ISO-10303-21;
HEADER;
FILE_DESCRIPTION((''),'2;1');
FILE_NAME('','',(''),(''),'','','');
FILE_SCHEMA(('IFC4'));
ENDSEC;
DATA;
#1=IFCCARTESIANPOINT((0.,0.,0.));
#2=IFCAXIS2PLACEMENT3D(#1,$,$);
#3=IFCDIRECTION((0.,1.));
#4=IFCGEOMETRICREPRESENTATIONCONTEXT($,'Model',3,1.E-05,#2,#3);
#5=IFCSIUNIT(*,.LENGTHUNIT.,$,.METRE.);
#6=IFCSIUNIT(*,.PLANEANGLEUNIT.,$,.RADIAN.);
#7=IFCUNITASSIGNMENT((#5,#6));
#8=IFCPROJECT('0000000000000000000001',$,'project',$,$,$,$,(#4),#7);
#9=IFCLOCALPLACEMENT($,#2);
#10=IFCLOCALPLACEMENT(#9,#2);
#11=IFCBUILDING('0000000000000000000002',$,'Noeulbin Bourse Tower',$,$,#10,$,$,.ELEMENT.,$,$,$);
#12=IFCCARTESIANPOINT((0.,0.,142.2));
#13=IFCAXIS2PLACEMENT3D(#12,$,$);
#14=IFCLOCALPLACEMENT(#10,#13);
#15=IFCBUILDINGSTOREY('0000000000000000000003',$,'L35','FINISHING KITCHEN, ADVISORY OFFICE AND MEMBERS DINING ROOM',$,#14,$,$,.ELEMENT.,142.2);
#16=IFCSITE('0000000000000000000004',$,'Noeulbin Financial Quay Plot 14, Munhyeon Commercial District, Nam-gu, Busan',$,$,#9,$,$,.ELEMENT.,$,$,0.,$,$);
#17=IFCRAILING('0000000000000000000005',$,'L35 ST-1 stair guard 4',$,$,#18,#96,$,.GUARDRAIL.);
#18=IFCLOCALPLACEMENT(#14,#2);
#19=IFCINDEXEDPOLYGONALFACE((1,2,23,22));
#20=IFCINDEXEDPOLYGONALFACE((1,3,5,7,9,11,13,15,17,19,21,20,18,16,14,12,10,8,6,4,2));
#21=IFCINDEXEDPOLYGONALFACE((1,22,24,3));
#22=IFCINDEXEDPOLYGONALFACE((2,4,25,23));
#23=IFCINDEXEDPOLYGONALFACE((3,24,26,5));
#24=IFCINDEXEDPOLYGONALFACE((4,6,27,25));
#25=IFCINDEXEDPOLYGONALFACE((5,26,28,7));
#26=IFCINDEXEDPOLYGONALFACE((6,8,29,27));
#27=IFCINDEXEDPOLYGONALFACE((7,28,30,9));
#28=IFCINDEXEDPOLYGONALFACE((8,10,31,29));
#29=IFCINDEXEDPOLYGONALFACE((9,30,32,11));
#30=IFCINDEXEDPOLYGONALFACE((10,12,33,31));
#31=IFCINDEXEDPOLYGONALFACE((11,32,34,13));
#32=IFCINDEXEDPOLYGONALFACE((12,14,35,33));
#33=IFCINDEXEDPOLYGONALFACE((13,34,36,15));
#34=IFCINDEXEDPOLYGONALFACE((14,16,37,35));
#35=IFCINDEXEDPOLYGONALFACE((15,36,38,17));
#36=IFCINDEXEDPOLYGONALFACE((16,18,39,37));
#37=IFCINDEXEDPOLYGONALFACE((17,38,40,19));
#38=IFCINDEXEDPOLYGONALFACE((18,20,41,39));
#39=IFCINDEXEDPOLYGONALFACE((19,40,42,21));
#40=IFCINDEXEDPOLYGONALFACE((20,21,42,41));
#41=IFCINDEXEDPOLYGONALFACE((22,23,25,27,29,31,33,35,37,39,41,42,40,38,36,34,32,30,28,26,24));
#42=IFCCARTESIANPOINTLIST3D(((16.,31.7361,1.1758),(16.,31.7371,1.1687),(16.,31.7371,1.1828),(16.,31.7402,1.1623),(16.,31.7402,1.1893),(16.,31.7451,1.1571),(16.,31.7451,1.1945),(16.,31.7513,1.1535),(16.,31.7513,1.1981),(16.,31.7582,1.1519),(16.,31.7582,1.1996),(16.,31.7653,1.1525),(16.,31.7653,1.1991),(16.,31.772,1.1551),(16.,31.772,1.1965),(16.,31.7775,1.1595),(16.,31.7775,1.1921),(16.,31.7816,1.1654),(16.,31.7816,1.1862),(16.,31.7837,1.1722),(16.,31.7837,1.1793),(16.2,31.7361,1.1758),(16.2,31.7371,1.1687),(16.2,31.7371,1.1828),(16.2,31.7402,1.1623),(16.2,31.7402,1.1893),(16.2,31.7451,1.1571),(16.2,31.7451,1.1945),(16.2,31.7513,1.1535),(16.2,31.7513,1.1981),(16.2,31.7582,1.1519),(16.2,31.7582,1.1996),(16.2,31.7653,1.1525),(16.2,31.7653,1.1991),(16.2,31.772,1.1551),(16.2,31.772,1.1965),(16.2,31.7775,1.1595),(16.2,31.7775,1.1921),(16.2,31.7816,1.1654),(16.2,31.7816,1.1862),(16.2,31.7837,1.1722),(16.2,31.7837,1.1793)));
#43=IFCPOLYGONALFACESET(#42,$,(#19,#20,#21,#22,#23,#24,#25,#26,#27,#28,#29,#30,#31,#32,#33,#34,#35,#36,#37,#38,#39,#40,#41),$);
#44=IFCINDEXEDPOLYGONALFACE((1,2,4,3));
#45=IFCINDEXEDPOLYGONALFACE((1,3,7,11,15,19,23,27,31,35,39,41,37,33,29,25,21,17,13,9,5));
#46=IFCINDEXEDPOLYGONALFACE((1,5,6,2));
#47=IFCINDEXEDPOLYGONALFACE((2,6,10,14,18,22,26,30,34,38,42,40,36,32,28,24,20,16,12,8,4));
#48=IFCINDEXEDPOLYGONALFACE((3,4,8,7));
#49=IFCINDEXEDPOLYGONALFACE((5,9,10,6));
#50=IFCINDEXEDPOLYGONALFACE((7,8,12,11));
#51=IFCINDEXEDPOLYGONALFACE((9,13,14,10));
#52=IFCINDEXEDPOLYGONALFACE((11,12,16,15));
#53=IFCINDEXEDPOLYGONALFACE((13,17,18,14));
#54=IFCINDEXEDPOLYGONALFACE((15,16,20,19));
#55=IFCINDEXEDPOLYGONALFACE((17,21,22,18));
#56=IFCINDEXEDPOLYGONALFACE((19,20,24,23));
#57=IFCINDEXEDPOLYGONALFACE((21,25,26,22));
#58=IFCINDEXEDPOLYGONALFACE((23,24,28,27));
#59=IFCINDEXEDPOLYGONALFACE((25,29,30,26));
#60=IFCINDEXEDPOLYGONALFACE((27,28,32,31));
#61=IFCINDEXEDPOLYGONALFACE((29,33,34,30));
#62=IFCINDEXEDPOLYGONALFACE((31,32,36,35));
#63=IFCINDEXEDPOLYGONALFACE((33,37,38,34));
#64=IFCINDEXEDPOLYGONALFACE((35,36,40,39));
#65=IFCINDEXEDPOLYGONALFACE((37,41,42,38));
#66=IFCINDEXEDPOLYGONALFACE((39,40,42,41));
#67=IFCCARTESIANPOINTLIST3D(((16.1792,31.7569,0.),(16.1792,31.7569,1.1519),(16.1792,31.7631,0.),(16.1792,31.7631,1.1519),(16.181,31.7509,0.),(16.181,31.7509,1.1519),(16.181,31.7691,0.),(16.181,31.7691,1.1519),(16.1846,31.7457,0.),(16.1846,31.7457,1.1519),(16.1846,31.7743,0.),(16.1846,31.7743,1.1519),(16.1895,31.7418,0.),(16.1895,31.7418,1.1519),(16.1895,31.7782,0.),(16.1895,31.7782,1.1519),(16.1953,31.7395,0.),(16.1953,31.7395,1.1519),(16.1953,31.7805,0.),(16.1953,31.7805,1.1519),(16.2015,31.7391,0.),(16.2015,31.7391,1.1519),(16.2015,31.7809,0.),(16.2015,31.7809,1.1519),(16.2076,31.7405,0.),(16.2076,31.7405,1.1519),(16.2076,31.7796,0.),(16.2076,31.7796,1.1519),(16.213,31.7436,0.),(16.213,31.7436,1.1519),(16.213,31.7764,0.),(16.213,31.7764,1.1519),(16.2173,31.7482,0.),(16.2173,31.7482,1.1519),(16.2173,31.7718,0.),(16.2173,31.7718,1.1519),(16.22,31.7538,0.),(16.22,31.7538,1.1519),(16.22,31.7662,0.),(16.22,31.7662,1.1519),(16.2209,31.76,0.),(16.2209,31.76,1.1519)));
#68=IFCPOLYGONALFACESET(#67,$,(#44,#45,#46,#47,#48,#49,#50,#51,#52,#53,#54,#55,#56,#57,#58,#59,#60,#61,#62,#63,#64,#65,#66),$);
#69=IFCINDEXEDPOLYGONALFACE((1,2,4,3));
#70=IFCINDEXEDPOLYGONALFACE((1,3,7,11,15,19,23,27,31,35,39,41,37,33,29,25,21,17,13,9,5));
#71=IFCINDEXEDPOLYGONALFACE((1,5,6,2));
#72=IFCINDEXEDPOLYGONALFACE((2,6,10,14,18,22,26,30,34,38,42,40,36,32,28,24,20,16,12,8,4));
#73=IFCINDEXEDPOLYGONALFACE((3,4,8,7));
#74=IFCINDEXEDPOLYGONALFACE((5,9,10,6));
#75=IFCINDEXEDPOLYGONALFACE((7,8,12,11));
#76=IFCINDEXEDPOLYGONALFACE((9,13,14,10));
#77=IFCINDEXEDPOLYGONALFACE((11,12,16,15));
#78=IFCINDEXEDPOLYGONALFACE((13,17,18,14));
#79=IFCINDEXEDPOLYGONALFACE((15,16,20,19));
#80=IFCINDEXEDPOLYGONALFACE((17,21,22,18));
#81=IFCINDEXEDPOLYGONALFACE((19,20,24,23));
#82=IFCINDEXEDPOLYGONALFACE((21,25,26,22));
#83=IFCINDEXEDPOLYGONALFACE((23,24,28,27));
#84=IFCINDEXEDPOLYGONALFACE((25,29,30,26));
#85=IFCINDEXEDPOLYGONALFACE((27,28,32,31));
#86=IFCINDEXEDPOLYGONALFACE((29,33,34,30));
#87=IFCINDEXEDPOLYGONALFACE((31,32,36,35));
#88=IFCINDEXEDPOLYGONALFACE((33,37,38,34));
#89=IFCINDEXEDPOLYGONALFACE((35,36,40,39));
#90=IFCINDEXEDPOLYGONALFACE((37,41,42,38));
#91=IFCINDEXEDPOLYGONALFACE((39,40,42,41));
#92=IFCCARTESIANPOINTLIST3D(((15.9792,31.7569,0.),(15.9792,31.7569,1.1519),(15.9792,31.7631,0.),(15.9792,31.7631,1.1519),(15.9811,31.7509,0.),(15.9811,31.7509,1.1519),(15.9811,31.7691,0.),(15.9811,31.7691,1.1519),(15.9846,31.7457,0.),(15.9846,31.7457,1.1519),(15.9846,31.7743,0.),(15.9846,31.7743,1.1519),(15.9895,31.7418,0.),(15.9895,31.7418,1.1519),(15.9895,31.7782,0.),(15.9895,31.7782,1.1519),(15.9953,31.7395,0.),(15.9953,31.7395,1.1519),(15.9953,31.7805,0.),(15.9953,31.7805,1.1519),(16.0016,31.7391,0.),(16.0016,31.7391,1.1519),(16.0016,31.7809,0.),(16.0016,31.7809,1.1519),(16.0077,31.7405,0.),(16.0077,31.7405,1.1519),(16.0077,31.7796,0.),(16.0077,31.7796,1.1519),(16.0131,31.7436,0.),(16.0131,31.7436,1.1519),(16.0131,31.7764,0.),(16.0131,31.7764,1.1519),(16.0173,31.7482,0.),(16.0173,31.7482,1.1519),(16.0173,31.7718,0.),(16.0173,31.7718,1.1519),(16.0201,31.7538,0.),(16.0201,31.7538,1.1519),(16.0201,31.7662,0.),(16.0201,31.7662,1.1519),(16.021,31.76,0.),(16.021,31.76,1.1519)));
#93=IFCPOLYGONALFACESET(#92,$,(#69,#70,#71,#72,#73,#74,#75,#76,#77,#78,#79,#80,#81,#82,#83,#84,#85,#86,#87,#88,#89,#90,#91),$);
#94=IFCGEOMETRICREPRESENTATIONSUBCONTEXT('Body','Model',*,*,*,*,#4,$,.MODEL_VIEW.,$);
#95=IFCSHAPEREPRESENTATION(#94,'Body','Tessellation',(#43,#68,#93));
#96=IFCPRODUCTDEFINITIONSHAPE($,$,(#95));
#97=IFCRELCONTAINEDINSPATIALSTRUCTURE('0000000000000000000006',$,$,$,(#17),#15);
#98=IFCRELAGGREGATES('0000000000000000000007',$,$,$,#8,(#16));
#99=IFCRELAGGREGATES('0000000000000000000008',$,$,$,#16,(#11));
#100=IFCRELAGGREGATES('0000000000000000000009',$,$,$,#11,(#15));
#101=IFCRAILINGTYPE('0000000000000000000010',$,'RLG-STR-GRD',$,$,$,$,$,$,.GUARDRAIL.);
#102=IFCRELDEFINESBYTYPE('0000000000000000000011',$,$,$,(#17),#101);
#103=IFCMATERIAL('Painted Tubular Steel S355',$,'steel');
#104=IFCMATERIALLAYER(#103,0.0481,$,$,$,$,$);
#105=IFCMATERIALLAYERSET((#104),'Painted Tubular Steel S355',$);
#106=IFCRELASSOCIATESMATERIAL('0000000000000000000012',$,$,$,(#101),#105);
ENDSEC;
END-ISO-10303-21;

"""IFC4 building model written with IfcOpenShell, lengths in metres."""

from ifc_helpers import new_model, si_unit, direction, frame, origin, origin_2d, place, context, subcontext, project, spatial, circle, extrude, material, layer, layer_set, type_object, element, save


model = new_model("IFC4")

# Units and contexts
model_context = context("Model", 3, precision=1e-05, world=origin(), true_north=direction((0.0, 1.0)))
body_context = subcontext(model_context, "Body", "Model", "MODEL_VIEW")
ifc_project = project(units=[si_unit("LENGTHUNIT", "METRE"), si_unit("PLANEANGLEUNIT", "RADIAN")], contexts=[model_context])

# Site, building, storey
site_placement = place(None, origin())
site = spatial("IfcSite", under=ifc_project, at=site_placement, Name="Noeulbin Financial Quay Plot 14, Munhyeon Commercial District, Nam-gu, Busan", CompositionType="ELEMENT", RefElevation=0.0)
building_placement = place(site_placement, origin())
building = spatial("IfcBuilding", under=site, at=building_placement, Name="Noeulbin Bourse Tower", CompositionType="ELEMENT")
storey_placement = place(building_placement, frame((0.0, 0.0, 142.2)))
storey = spatial("IfcBuildingStorey", under=building, at=storey_placement, Name="L35", Description="FINISHING KITCHEN, ADVISORY OFFICE AND MEMBERS DINING ROOM", CompositionType="ELEMENT", Elevation=142.2)

# Railing
ifc_material_1 = material(Name="Painted Tubular Steel S355", Category="steel")
ifc_layer_1 = layer(ifc_material_1, 0.0481)
ifc_layer_set_1 = layer_set([ifc_layer_1], Name="Painted Tubular Steel S355")
railing_type_1 = type_object("IfcRailingType", Name="RLG-STR-GRD", PredefinedType="GUARDRAIL", material=ifc_layer_set_1)
railing_1_placement = place(storey_placement, frame((16.2, 31.76, 0.0)))
element("IfcRailing", 1, at=railing_1_placement, inside=storey, type_object=railing_type_1, Name="L35 ST-1 stair guard 4", PredefinedType="GUARDRAIL", context=body_context, shape_type="SweptSolid", body=[
    extrude(circle(Radius=0.0239, at=origin_2d()), frame((0.0, 0.0, 1.1758), z_axis=(-1.0, 0.0, 0.0), x_axis=(0.0, -1.0, 0.0)), (0.0, 0.0, 1.0), 0.2),
    extrude(circle(Radius=0.021, at=origin_2d()), origin(), (0.0, 0.0, 1.0), 1.1519),
    extrude(circle(Radius=0.021, at=origin_2d()), frame((-0.2, 0.0, 0.0)), (0.0, 0.0, 1.0), 1.1519),
])

save(model, "model.ifc")
